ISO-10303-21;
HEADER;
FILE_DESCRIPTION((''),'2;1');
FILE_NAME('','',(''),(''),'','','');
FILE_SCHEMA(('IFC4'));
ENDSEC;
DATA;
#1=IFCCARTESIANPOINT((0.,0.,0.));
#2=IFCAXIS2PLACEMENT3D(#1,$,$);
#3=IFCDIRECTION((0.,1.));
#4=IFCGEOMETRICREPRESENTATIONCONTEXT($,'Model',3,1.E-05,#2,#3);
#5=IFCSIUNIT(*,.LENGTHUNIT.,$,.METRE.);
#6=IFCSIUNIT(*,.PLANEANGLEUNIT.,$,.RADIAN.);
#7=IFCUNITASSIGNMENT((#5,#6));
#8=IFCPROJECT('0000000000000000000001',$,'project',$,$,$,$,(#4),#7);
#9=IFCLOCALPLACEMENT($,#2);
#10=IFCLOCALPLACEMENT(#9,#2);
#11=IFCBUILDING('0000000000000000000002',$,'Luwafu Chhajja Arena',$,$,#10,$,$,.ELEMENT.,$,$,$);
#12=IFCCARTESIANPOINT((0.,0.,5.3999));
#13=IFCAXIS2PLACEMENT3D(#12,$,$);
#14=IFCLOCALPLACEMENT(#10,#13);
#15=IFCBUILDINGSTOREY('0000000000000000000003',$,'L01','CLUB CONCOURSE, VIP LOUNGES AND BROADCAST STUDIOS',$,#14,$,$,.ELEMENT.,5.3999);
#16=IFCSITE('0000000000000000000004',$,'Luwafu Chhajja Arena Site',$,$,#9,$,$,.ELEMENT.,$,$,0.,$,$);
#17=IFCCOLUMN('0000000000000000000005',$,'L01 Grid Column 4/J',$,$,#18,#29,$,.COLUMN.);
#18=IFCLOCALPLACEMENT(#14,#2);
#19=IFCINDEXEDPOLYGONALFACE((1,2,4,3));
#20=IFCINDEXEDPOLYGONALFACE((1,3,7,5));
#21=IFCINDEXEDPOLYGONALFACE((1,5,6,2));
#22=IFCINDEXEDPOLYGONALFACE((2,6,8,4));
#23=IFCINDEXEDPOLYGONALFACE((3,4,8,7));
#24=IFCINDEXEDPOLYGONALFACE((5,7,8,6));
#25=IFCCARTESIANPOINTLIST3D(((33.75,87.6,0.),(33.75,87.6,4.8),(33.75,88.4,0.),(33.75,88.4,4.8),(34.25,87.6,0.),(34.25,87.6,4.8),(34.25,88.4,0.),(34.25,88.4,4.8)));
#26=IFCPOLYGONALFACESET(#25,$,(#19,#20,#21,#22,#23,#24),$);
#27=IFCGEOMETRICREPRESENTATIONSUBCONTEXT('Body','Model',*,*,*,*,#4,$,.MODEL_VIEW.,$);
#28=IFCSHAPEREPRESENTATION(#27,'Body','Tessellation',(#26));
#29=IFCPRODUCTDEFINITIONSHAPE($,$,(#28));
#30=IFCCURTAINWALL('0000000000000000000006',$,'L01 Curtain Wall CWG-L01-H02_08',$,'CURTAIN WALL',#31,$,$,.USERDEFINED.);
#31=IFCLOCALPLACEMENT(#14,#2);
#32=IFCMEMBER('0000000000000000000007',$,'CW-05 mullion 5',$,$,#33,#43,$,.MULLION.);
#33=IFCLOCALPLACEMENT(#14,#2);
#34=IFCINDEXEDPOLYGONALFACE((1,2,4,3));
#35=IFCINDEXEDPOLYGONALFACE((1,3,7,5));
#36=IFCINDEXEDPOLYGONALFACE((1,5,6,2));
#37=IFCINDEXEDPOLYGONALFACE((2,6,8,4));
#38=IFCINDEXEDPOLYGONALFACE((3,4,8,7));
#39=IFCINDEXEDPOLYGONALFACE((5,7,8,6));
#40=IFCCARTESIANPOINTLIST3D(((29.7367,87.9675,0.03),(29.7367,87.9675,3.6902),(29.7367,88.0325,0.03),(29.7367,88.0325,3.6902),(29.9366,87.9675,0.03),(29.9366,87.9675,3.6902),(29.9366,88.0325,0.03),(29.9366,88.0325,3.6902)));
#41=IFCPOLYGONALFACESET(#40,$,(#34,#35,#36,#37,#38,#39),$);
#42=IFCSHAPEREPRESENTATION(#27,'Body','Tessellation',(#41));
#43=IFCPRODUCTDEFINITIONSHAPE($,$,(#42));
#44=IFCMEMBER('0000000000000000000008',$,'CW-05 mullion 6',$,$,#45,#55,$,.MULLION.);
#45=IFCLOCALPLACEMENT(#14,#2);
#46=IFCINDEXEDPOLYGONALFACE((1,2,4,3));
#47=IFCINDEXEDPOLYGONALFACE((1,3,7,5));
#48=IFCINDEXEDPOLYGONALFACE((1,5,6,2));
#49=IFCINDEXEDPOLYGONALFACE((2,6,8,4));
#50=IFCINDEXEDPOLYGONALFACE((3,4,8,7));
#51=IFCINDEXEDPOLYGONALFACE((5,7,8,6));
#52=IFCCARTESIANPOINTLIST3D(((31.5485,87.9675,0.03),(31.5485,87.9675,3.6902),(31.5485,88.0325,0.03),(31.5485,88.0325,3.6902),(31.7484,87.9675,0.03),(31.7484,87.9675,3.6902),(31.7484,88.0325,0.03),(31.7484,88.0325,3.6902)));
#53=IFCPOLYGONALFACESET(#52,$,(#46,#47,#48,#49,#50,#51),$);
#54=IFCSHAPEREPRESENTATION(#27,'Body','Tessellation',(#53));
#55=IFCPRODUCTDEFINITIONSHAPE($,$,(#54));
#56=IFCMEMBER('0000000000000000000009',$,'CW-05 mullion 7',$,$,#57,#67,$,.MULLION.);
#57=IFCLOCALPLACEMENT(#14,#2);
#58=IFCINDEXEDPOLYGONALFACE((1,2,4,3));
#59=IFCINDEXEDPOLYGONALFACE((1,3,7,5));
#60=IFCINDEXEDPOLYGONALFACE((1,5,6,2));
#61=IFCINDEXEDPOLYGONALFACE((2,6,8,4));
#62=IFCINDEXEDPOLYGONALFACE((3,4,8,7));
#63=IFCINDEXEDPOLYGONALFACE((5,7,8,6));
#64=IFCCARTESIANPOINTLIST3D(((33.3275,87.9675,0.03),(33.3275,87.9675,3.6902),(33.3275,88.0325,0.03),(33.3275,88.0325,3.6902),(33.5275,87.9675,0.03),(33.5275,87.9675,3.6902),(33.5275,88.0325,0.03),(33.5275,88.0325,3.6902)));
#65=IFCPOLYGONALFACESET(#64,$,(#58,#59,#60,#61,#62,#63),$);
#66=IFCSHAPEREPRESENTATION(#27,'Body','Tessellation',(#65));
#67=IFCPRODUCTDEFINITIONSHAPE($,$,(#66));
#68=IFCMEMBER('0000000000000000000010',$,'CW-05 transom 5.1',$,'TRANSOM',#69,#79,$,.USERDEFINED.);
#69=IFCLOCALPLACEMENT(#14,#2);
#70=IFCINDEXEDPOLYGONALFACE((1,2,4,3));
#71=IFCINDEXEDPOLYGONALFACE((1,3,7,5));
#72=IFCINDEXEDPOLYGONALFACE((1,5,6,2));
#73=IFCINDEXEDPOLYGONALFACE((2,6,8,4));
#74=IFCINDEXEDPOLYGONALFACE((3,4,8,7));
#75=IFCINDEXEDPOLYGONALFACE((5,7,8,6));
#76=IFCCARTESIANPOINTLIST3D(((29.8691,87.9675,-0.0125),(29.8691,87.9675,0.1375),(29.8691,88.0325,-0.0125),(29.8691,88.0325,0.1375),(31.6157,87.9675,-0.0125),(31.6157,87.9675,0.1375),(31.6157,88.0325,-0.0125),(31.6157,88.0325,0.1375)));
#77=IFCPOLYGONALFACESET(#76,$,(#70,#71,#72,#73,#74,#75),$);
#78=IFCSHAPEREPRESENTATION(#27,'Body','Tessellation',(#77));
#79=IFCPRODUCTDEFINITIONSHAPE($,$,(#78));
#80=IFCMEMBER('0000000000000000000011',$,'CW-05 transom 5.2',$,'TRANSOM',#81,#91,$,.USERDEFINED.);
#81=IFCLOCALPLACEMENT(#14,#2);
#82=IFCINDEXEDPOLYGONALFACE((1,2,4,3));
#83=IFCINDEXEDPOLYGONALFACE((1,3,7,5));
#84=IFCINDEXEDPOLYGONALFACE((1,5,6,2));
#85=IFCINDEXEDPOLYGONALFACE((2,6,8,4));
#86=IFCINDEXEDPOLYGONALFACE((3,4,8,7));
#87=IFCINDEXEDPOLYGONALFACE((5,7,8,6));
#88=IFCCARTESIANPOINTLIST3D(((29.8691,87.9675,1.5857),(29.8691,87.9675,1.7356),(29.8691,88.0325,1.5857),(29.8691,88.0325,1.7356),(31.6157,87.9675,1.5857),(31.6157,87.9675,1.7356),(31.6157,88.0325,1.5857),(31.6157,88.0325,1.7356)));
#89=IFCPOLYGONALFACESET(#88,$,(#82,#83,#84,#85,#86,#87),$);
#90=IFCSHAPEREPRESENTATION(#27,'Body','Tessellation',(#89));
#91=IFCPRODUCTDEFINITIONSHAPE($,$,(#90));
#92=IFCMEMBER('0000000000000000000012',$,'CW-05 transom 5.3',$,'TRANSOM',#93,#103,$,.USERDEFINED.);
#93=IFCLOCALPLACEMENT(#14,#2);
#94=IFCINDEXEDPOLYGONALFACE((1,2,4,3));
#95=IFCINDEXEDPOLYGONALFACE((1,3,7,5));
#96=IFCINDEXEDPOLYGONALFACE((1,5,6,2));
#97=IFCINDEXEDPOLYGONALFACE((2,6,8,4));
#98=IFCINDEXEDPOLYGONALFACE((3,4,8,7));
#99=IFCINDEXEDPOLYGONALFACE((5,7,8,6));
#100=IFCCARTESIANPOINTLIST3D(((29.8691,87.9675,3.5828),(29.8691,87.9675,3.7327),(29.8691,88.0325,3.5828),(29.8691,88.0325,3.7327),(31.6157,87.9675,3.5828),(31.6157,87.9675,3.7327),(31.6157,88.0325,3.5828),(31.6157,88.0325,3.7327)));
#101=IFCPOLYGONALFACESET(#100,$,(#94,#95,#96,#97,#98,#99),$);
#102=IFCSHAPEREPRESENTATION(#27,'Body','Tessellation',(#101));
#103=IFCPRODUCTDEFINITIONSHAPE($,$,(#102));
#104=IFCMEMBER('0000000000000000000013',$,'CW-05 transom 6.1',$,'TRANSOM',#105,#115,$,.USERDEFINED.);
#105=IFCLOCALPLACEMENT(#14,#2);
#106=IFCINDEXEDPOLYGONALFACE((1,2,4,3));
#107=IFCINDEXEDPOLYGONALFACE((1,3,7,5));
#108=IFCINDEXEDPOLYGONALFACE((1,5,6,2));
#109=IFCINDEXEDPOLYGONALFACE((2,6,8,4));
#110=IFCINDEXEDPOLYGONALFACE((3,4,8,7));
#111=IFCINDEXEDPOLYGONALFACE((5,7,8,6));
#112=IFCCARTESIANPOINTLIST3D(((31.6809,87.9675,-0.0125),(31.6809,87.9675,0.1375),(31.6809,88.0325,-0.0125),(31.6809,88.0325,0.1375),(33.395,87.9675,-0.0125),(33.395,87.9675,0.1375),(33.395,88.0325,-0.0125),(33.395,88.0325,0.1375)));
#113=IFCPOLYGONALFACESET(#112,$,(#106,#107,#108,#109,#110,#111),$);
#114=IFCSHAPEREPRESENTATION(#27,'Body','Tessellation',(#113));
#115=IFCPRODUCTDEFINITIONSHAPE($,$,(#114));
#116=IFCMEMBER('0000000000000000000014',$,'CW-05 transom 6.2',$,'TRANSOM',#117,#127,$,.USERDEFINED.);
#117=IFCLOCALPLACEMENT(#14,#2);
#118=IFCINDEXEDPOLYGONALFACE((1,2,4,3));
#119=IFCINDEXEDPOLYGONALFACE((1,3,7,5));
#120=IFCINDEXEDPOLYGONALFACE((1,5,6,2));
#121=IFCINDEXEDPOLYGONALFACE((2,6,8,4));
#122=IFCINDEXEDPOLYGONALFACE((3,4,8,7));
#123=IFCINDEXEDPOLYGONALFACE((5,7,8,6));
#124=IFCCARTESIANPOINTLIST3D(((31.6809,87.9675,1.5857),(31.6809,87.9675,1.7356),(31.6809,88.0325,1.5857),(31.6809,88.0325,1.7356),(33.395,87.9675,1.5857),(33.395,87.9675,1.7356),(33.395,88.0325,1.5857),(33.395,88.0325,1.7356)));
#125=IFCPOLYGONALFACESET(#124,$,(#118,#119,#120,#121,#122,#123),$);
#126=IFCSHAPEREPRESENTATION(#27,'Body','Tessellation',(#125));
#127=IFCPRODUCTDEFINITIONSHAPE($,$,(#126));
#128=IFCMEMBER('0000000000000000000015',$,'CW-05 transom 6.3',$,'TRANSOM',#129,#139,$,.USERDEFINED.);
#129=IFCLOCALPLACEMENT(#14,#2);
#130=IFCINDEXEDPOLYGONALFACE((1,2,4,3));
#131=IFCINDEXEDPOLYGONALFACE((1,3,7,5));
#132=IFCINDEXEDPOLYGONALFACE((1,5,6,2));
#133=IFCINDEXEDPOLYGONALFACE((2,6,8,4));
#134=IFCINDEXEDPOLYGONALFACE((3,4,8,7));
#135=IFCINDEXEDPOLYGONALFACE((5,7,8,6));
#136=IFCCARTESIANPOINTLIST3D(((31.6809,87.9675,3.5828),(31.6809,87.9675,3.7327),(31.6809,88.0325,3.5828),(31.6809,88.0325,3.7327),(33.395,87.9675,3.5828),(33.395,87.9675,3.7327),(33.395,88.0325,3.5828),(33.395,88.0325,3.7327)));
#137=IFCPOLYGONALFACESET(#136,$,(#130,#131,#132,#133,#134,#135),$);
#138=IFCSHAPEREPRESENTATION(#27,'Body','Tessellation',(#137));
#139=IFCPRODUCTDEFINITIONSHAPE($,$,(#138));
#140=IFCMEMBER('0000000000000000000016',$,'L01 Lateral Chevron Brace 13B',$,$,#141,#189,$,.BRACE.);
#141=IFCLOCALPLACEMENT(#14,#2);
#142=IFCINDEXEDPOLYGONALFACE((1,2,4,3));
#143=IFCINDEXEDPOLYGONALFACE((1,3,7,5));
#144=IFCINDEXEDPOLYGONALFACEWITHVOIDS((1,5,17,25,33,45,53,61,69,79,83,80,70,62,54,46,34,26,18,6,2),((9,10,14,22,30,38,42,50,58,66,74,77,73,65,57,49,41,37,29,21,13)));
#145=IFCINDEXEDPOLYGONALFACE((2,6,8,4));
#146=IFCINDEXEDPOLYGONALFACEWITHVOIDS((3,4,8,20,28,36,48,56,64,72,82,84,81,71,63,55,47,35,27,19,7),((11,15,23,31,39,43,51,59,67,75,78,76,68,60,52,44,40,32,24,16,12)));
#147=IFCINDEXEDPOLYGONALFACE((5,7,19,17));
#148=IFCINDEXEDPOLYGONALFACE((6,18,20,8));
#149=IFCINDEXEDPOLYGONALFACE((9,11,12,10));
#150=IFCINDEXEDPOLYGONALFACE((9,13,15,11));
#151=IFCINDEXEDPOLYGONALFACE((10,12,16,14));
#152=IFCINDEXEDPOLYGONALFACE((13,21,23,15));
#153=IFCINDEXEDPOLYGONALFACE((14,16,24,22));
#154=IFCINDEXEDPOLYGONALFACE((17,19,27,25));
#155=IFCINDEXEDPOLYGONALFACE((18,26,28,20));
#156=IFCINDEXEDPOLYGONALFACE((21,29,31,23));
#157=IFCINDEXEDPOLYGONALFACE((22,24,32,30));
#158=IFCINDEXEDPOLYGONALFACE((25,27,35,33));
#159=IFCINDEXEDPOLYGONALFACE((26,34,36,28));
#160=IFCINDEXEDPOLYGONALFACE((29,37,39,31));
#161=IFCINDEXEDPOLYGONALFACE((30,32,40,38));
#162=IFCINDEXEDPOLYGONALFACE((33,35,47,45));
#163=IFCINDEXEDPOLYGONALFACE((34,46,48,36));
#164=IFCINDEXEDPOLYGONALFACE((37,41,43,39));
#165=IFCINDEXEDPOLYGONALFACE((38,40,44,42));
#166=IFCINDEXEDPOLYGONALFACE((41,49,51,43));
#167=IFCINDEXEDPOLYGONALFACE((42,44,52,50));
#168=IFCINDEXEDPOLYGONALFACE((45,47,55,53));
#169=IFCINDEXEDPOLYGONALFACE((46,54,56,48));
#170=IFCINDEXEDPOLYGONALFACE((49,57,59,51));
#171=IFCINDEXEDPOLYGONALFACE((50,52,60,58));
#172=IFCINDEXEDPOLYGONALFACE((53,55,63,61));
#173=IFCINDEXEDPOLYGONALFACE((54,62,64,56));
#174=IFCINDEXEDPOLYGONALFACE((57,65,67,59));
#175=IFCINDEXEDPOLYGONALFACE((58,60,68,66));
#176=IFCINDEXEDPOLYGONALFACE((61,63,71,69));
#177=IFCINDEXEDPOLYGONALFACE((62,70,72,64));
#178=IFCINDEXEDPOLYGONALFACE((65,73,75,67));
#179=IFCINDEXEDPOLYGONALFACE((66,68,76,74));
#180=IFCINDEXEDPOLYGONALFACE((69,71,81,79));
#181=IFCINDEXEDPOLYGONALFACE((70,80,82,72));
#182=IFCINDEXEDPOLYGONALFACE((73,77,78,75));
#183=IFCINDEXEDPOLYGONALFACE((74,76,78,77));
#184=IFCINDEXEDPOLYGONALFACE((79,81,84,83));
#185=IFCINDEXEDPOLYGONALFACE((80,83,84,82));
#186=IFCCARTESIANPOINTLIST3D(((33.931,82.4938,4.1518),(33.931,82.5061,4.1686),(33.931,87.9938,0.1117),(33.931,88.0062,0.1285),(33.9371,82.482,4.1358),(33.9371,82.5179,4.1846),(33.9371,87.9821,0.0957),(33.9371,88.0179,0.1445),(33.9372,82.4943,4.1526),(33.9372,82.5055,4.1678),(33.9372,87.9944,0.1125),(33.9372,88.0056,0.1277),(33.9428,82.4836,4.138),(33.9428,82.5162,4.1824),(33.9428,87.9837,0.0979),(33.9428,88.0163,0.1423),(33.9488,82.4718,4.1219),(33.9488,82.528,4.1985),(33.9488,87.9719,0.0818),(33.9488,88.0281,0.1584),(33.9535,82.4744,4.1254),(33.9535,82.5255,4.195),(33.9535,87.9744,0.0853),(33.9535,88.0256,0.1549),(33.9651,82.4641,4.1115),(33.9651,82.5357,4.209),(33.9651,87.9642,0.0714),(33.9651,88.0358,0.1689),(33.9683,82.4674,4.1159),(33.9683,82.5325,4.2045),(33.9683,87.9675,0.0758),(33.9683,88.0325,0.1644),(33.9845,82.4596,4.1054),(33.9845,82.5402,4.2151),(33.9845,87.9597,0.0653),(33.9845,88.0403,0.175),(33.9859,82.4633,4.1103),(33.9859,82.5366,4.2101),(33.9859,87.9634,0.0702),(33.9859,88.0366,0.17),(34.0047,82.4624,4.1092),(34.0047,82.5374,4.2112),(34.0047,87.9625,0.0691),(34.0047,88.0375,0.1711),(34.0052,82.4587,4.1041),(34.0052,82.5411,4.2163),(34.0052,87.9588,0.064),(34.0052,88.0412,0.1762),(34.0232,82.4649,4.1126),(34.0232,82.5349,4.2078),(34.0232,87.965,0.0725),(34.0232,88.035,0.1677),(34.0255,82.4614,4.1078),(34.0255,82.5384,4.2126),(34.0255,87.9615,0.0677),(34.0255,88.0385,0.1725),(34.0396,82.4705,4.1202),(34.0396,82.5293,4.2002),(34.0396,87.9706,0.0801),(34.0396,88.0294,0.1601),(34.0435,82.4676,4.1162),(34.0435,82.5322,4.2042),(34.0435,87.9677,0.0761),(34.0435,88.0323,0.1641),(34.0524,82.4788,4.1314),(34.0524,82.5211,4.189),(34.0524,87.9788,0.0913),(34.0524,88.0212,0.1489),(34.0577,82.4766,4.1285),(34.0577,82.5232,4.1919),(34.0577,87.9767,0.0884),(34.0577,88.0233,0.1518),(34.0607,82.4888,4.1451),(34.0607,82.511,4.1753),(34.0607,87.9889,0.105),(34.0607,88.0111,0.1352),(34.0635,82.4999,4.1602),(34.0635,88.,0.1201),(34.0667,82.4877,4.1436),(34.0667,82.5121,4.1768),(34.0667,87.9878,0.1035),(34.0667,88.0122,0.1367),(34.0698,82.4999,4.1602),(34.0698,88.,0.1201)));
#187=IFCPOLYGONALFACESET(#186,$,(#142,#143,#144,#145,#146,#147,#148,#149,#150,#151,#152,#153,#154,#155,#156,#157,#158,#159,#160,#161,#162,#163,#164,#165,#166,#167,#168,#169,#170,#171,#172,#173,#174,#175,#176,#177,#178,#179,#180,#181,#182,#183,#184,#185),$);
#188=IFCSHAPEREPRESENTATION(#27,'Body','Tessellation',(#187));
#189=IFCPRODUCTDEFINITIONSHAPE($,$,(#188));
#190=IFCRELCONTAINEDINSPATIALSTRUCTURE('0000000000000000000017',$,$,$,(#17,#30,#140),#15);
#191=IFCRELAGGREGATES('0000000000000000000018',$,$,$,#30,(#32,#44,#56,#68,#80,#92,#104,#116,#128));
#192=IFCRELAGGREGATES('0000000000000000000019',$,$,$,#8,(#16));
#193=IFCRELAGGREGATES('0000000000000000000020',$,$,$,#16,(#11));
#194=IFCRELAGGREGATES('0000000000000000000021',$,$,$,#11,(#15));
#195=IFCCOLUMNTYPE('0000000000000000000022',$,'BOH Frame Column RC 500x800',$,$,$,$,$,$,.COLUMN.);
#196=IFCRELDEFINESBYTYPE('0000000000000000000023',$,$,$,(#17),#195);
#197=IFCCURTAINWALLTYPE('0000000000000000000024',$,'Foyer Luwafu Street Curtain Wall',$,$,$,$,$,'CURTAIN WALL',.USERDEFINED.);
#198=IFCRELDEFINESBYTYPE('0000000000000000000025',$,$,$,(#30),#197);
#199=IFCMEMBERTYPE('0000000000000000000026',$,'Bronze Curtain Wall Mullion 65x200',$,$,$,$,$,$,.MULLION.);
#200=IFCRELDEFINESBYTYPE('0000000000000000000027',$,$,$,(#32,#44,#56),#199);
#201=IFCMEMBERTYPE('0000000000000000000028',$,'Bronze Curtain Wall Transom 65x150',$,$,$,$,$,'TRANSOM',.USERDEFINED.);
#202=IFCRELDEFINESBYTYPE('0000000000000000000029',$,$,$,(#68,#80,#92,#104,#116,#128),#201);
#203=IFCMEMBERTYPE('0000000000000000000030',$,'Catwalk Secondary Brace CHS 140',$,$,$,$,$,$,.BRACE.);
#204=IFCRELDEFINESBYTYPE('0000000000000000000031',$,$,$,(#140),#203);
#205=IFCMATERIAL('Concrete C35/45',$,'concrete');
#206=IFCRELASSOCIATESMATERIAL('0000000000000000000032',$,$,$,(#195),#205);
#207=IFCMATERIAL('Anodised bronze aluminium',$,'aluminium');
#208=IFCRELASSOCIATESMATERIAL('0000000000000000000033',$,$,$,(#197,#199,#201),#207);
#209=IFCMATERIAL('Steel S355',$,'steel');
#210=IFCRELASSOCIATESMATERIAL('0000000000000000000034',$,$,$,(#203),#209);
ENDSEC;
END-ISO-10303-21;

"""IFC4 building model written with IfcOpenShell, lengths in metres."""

from ifc_helpers import new_model, si_unit, direction, frame, origin, origin_2d, place, context, subcontext, project, spatial, rectangle, hollow_circle, extrude, material, material_profile, profile_set, type_object, element, aggregate, save


model = new_model("IFC4")

# Units and contexts
model_context = context("Model", 3, precision=1e-05, world=origin(), true_north=direction((0.0, 1.0)))
body_context = subcontext(model_context, "Body", "Model", "MODEL_VIEW")
ifc_project = project(units=[si_unit("LENGTHUNIT", "METRE"), si_unit("PLANEANGLEUNIT", "RADIAN")], contexts=[model_context])

# Site, building, storey
site_placement = place(None, origin())
site = spatial("IfcSite", under=ifc_project, at=site_placement, Name="Luwafu Chhajja Arena Site", CompositionType="ELEMENT", RefElevation=0.0)
building_placement = place(site_placement, origin())
building = spatial("IfcBuilding", under=site, at=building_placement, Name="Luwafu Chhajja Arena", CompositionType="ELEMENT")
storey_placement = place(building_placement, frame((0.0, 0.0, 5.3999)))
storey = spatial("IfcBuildingStorey", under=building, at=storey_placement, Name="L01", Description="CLUB CONCOURSE, VIP LOUNGES AND BROADCAST STUDIOS", CompositionType="ELEMENT", Elevation=5.3999)

# Column
ifc_material_1 = material(Name="Concrete C35/45", Category="concrete")
ifc_material_profile_1 = material_profile(ifc_material_1, rectangle(XDim=0.5, YDim=0.8, at=origin_2d()), Name="RC 500x800")
ifc_profile_set_1 = profile_set([ifc_material_profile_1], Name="Concrete C35/45")
column_type = type_object("IfcColumnType", Name="BOH Frame Column RC 500x800", PredefinedType="COLUMN", material=ifc_profile_set_1)
column_placement = place(storey_placement, frame((34.0, 88.0, 0.0), z_axis=(0.0, 0.0, 1.0), x_axis=(1.0, 0.0, 0.0)))
element("IfcColumn", 1, at=column_placement, inside=storey, type_object=column_type, Name="L01 Grid Column 4/J", PredefinedType="COLUMN", context=body_context, shape_type="SweptSolid", body=[
    extrude(rectangle(XDim=0.5, YDim=0.8, at=origin_2d()), origin(), (0.0, 0.0, 1.0), 4.8),
])

# Curtain wall, members
ifc_material_2 = material(Name="Anodised bronze aluminium", Category="aluminium")
curtain_wall_type = type_object("IfcCurtainWallType", Name="Foyer Luwafu Street Curtain Wall", ElementType="CURTAIN WALL", PredefinedType="USERDEFINED", material=ifc_material_2)
curtain_wall_placement = place(storey_placement, origin())
curtain_wall = element("IfcCurtainWall", 2, at=curtain_wall_placement, inside=storey, type_object=curtain_wall_type, Name="L01 Curtain Wall CWG-L01-H02_08", ObjectType="CURTAIN WALL", PredefinedType="USERDEFINED")
ifc_material_profile_2 = material_profile(ifc_material_2, rectangle(XDim=0.0649, YDim=0.2, at=origin_2d()), Name="CWM 65x200")
ifc_profile_set_2 = profile_set([ifc_material_profile_2], Name="Anodised bronze aluminium")
member_type_1 = type_object("IfcMemberType", Name="Bronze Curtain Wall Mullion 65x200", PredefinedType="MULLION", material=ifc_profile_set_2)
member_1_placement = place(storey_placement, frame((29.8367, 88.0, 0.03), z_axis=(0.0, 0.0, 1.0), x_axis=(0.0, 1.0, 0.0)))
member_1 = element("IfcMember", 3, at=member_1_placement, type_object=member_type_1, Name="CW-05 mullion 5", PredefinedType="MULLION", context=body_context, shape_type="SweptSolid", body=[
    extrude(rectangle(XDim=0.0649, YDim=0.2, at=origin_2d()), origin(), (0.0, 0.0, 1.0), 3.6602),
])
member_2_placement = place(storey_placement, frame((31.6484, 88.0, 0.03), z_axis=(0.0, 0.0, 1.0), x_axis=(0.0, 1.0, 0.0)))
member_2 = element("IfcMember", 4, at=member_2_placement, type_object=member_type_1, Name="CW-05 mullion 6", PredefinedType="MULLION", context=body_context, shape_type="SweptSolid", body=[
    extrude(rectangle(XDim=0.0649, YDim=0.2, at=origin_2d()), origin(), (0.0, 0.0, 1.0), 3.6602),
])
member_3_placement = place(storey_placement, frame((33.4275, 88.0, 0.03), z_axis=(0.0, 0.0, 1.0), x_axis=(0.0, 1.0, 0.0)))
member_3 = element("IfcMember", 5, at=member_3_placement, type_object=member_type_1, Name="CW-05 mullion 7", PredefinedType="MULLION", context=body_context, shape_type="SweptSolid", body=[
    extrude(rectangle(XDim=0.0649, YDim=0.2, at=origin_2d()), origin(), (0.0, 0.0, 1.0), 3.6602),
])
ifc_material_profile_3 = material_profile(ifc_material_2, rectangle(XDim=0.0649, YDim=0.1499, at=origin_2d()), Name="CWT 65x150")
ifc_profile_set_3 = profile_set([ifc_material_profile_3], Name="Anodised bronze aluminium")
member_type_2 = type_object("IfcMemberType", Name="Bronze Curtain Wall Transom 65x150", ElementType="TRANSOM", PredefinedType="USERDEFINED", material=ifc_profile_set_3)
member_4_placement = place(storey_placement, frame((29.8691, 88.0, 0.0625), z_axis=(1.0, 0.0, 0.0), x_axis=(0.0, 1.0, 0.0)))
member_4 = element("IfcMember", 6, at=member_4_placement, type_object=member_type_2, Name="CW-05 transom 5.1", ObjectType="TRANSOM", PredefinedType="USERDEFINED", context=body_context, shape_type="SweptSolid", body=[
    extrude(rectangle(XDim=0.0649, YDim=0.1499, at=origin_2d()), origin(), (0.0, 0.0, 1.0), 1.7466),
])
member_5_placement = place(storey_placement, frame((29.8691, 88.0, 1.6606), z_axis=(1.0, 0.0, 0.0), x_axis=(0.0, 1.0, 0.0)))
member_5 = element("IfcMember", 7, at=member_5_placement, type_object=member_type_2, Name="CW-05 transom 5.2", ObjectType="TRANSOM", PredefinedType="USERDEFINED", context=body_context, shape_type="SweptSolid", body=[
    extrude(rectangle(XDim=0.0649, YDim=0.1499, at=origin_2d()), origin(), (0.0, 0.0, 1.0), 1.7466),
])
member_6_placement = place(storey_placement, frame((29.8691, 88.0, 3.6577), z_axis=(1.0, 0.0, 0.0), x_axis=(0.0, 1.0, 0.0)))
member_6 = element("IfcMember", 8, at=member_6_placement, type_object=member_type_2, Name="CW-05 transom 5.3", ObjectType="TRANSOM", PredefinedType="USERDEFINED", context=body_context, shape_type="SweptSolid", body=[
    extrude(rectangle(XDim=0.0649, YDim=0.1499, at=origin_2d()), origin(), (0.0, 0.0, 1.0), 1.7466),
])
member_7_placement = place(storey_placement, frame((31.6809, 88.0, 0.0625), z_axis=(1.0, 0.0, 0.0), x_axis=(0.0, 1.0, 0.0)))
member_7 = element("IfcMember", 9, at=member_7_placement, type_object=member_type_2, Name="CW-05 transom 6.1", ObjectType="TRANSOM", PredefinedType="USERDEFINED", context=body_context, shape_type="SweptSolid", body=[
    extrude(rectangle(XDim=0.0649, YDim=0.1499, at=origin_2d()), origin(), (0.0, 0.0, 1.0), 1.7141),
])
member_8_placement = place(storey_placement, frame((31.6809, 88.0, 1.6606), z_axis=(1.0, 0.0, 0.0), x_axis=(0.0, 1.0, 0.0)))
member_8 = element("IfcMember", 10, at=member_8_placement, type_object=member_type_2, Name="CW-05 transom 6.2", ObjectType="TRANSOM", PredefinedType="USERDEFINED", context=body_context, shape_type="SweptSolid", body=[
    extrude(rectangle(XDim=0.0649, YDim=0.1499, at=origin_2d()), origin(), (0.0, 0.0, 1.0), 1.7141),
])
member_9_placement = place(storey_placement, frame((31.6809, 88.0, 3.6577), z_axis=(1.0, 0.0, 0.0), x_axis=(0.0, 1.0, 0.0)))
member_9 = element("IfcMember", 11, at=member_9_placement, type_object=member_type_2, Name="CW-05 transom 6.3", ObjectType="TRANSOM", PredefinedType="USERDEFINED", context=body_context, shape_type="SweptSolid", body=[
    extrude(rectangle(XDim=0.0649, YDim=0.1499, at=origin_2d()), origin(), (0.0, 0.0, 1.0), 1.7141),
])

# Member
ifc_material_3 = material(Name="Steel S355", Category="steel")
ifc_material_profile_4 = material_profile(ifc_material_3, hollow_circle(Radius=0.0698, WallThickness=0.0063, at=origin_2d()), Name="CHS 139.7x6.3")
ifc_profile_set_4 = profile_set([ifc_material_profile_4], Name="Steel S355")
member_type_3 = type_object("IfcMemberType", Name="Catwalk Secondary Brace CHS 140", PredefinedType="BRACE", material=ifc_profile_set_4)
member_10_placement = place(storey_placement, frame((34.0, 88.0, 0.1201), z_axis=(0.0, -0.805936, 0.592002), x_axis=(1.0, 0.0, 0.0)))
element("IfcMember", 12, at=member_10_placement, inside=storey, type_object=member_type_3, Name="L01 Lateral Chevron Brace 13B", PredefinedType="BRACE", context=body_context, shape_type="SweptSolid", body=[
    extrude(hollow_circle(Radius=0.0698, WallThickness=0.0063, at=origin_2d()), origin(), (0.0, 0.0, 1.0), 6.8245),
])

aggregate(curtain_wall, [member_1, member_2, member_3, member_4, member_5, member_6, member_7, member_8, member_9])

save(model, "model.ifc")
